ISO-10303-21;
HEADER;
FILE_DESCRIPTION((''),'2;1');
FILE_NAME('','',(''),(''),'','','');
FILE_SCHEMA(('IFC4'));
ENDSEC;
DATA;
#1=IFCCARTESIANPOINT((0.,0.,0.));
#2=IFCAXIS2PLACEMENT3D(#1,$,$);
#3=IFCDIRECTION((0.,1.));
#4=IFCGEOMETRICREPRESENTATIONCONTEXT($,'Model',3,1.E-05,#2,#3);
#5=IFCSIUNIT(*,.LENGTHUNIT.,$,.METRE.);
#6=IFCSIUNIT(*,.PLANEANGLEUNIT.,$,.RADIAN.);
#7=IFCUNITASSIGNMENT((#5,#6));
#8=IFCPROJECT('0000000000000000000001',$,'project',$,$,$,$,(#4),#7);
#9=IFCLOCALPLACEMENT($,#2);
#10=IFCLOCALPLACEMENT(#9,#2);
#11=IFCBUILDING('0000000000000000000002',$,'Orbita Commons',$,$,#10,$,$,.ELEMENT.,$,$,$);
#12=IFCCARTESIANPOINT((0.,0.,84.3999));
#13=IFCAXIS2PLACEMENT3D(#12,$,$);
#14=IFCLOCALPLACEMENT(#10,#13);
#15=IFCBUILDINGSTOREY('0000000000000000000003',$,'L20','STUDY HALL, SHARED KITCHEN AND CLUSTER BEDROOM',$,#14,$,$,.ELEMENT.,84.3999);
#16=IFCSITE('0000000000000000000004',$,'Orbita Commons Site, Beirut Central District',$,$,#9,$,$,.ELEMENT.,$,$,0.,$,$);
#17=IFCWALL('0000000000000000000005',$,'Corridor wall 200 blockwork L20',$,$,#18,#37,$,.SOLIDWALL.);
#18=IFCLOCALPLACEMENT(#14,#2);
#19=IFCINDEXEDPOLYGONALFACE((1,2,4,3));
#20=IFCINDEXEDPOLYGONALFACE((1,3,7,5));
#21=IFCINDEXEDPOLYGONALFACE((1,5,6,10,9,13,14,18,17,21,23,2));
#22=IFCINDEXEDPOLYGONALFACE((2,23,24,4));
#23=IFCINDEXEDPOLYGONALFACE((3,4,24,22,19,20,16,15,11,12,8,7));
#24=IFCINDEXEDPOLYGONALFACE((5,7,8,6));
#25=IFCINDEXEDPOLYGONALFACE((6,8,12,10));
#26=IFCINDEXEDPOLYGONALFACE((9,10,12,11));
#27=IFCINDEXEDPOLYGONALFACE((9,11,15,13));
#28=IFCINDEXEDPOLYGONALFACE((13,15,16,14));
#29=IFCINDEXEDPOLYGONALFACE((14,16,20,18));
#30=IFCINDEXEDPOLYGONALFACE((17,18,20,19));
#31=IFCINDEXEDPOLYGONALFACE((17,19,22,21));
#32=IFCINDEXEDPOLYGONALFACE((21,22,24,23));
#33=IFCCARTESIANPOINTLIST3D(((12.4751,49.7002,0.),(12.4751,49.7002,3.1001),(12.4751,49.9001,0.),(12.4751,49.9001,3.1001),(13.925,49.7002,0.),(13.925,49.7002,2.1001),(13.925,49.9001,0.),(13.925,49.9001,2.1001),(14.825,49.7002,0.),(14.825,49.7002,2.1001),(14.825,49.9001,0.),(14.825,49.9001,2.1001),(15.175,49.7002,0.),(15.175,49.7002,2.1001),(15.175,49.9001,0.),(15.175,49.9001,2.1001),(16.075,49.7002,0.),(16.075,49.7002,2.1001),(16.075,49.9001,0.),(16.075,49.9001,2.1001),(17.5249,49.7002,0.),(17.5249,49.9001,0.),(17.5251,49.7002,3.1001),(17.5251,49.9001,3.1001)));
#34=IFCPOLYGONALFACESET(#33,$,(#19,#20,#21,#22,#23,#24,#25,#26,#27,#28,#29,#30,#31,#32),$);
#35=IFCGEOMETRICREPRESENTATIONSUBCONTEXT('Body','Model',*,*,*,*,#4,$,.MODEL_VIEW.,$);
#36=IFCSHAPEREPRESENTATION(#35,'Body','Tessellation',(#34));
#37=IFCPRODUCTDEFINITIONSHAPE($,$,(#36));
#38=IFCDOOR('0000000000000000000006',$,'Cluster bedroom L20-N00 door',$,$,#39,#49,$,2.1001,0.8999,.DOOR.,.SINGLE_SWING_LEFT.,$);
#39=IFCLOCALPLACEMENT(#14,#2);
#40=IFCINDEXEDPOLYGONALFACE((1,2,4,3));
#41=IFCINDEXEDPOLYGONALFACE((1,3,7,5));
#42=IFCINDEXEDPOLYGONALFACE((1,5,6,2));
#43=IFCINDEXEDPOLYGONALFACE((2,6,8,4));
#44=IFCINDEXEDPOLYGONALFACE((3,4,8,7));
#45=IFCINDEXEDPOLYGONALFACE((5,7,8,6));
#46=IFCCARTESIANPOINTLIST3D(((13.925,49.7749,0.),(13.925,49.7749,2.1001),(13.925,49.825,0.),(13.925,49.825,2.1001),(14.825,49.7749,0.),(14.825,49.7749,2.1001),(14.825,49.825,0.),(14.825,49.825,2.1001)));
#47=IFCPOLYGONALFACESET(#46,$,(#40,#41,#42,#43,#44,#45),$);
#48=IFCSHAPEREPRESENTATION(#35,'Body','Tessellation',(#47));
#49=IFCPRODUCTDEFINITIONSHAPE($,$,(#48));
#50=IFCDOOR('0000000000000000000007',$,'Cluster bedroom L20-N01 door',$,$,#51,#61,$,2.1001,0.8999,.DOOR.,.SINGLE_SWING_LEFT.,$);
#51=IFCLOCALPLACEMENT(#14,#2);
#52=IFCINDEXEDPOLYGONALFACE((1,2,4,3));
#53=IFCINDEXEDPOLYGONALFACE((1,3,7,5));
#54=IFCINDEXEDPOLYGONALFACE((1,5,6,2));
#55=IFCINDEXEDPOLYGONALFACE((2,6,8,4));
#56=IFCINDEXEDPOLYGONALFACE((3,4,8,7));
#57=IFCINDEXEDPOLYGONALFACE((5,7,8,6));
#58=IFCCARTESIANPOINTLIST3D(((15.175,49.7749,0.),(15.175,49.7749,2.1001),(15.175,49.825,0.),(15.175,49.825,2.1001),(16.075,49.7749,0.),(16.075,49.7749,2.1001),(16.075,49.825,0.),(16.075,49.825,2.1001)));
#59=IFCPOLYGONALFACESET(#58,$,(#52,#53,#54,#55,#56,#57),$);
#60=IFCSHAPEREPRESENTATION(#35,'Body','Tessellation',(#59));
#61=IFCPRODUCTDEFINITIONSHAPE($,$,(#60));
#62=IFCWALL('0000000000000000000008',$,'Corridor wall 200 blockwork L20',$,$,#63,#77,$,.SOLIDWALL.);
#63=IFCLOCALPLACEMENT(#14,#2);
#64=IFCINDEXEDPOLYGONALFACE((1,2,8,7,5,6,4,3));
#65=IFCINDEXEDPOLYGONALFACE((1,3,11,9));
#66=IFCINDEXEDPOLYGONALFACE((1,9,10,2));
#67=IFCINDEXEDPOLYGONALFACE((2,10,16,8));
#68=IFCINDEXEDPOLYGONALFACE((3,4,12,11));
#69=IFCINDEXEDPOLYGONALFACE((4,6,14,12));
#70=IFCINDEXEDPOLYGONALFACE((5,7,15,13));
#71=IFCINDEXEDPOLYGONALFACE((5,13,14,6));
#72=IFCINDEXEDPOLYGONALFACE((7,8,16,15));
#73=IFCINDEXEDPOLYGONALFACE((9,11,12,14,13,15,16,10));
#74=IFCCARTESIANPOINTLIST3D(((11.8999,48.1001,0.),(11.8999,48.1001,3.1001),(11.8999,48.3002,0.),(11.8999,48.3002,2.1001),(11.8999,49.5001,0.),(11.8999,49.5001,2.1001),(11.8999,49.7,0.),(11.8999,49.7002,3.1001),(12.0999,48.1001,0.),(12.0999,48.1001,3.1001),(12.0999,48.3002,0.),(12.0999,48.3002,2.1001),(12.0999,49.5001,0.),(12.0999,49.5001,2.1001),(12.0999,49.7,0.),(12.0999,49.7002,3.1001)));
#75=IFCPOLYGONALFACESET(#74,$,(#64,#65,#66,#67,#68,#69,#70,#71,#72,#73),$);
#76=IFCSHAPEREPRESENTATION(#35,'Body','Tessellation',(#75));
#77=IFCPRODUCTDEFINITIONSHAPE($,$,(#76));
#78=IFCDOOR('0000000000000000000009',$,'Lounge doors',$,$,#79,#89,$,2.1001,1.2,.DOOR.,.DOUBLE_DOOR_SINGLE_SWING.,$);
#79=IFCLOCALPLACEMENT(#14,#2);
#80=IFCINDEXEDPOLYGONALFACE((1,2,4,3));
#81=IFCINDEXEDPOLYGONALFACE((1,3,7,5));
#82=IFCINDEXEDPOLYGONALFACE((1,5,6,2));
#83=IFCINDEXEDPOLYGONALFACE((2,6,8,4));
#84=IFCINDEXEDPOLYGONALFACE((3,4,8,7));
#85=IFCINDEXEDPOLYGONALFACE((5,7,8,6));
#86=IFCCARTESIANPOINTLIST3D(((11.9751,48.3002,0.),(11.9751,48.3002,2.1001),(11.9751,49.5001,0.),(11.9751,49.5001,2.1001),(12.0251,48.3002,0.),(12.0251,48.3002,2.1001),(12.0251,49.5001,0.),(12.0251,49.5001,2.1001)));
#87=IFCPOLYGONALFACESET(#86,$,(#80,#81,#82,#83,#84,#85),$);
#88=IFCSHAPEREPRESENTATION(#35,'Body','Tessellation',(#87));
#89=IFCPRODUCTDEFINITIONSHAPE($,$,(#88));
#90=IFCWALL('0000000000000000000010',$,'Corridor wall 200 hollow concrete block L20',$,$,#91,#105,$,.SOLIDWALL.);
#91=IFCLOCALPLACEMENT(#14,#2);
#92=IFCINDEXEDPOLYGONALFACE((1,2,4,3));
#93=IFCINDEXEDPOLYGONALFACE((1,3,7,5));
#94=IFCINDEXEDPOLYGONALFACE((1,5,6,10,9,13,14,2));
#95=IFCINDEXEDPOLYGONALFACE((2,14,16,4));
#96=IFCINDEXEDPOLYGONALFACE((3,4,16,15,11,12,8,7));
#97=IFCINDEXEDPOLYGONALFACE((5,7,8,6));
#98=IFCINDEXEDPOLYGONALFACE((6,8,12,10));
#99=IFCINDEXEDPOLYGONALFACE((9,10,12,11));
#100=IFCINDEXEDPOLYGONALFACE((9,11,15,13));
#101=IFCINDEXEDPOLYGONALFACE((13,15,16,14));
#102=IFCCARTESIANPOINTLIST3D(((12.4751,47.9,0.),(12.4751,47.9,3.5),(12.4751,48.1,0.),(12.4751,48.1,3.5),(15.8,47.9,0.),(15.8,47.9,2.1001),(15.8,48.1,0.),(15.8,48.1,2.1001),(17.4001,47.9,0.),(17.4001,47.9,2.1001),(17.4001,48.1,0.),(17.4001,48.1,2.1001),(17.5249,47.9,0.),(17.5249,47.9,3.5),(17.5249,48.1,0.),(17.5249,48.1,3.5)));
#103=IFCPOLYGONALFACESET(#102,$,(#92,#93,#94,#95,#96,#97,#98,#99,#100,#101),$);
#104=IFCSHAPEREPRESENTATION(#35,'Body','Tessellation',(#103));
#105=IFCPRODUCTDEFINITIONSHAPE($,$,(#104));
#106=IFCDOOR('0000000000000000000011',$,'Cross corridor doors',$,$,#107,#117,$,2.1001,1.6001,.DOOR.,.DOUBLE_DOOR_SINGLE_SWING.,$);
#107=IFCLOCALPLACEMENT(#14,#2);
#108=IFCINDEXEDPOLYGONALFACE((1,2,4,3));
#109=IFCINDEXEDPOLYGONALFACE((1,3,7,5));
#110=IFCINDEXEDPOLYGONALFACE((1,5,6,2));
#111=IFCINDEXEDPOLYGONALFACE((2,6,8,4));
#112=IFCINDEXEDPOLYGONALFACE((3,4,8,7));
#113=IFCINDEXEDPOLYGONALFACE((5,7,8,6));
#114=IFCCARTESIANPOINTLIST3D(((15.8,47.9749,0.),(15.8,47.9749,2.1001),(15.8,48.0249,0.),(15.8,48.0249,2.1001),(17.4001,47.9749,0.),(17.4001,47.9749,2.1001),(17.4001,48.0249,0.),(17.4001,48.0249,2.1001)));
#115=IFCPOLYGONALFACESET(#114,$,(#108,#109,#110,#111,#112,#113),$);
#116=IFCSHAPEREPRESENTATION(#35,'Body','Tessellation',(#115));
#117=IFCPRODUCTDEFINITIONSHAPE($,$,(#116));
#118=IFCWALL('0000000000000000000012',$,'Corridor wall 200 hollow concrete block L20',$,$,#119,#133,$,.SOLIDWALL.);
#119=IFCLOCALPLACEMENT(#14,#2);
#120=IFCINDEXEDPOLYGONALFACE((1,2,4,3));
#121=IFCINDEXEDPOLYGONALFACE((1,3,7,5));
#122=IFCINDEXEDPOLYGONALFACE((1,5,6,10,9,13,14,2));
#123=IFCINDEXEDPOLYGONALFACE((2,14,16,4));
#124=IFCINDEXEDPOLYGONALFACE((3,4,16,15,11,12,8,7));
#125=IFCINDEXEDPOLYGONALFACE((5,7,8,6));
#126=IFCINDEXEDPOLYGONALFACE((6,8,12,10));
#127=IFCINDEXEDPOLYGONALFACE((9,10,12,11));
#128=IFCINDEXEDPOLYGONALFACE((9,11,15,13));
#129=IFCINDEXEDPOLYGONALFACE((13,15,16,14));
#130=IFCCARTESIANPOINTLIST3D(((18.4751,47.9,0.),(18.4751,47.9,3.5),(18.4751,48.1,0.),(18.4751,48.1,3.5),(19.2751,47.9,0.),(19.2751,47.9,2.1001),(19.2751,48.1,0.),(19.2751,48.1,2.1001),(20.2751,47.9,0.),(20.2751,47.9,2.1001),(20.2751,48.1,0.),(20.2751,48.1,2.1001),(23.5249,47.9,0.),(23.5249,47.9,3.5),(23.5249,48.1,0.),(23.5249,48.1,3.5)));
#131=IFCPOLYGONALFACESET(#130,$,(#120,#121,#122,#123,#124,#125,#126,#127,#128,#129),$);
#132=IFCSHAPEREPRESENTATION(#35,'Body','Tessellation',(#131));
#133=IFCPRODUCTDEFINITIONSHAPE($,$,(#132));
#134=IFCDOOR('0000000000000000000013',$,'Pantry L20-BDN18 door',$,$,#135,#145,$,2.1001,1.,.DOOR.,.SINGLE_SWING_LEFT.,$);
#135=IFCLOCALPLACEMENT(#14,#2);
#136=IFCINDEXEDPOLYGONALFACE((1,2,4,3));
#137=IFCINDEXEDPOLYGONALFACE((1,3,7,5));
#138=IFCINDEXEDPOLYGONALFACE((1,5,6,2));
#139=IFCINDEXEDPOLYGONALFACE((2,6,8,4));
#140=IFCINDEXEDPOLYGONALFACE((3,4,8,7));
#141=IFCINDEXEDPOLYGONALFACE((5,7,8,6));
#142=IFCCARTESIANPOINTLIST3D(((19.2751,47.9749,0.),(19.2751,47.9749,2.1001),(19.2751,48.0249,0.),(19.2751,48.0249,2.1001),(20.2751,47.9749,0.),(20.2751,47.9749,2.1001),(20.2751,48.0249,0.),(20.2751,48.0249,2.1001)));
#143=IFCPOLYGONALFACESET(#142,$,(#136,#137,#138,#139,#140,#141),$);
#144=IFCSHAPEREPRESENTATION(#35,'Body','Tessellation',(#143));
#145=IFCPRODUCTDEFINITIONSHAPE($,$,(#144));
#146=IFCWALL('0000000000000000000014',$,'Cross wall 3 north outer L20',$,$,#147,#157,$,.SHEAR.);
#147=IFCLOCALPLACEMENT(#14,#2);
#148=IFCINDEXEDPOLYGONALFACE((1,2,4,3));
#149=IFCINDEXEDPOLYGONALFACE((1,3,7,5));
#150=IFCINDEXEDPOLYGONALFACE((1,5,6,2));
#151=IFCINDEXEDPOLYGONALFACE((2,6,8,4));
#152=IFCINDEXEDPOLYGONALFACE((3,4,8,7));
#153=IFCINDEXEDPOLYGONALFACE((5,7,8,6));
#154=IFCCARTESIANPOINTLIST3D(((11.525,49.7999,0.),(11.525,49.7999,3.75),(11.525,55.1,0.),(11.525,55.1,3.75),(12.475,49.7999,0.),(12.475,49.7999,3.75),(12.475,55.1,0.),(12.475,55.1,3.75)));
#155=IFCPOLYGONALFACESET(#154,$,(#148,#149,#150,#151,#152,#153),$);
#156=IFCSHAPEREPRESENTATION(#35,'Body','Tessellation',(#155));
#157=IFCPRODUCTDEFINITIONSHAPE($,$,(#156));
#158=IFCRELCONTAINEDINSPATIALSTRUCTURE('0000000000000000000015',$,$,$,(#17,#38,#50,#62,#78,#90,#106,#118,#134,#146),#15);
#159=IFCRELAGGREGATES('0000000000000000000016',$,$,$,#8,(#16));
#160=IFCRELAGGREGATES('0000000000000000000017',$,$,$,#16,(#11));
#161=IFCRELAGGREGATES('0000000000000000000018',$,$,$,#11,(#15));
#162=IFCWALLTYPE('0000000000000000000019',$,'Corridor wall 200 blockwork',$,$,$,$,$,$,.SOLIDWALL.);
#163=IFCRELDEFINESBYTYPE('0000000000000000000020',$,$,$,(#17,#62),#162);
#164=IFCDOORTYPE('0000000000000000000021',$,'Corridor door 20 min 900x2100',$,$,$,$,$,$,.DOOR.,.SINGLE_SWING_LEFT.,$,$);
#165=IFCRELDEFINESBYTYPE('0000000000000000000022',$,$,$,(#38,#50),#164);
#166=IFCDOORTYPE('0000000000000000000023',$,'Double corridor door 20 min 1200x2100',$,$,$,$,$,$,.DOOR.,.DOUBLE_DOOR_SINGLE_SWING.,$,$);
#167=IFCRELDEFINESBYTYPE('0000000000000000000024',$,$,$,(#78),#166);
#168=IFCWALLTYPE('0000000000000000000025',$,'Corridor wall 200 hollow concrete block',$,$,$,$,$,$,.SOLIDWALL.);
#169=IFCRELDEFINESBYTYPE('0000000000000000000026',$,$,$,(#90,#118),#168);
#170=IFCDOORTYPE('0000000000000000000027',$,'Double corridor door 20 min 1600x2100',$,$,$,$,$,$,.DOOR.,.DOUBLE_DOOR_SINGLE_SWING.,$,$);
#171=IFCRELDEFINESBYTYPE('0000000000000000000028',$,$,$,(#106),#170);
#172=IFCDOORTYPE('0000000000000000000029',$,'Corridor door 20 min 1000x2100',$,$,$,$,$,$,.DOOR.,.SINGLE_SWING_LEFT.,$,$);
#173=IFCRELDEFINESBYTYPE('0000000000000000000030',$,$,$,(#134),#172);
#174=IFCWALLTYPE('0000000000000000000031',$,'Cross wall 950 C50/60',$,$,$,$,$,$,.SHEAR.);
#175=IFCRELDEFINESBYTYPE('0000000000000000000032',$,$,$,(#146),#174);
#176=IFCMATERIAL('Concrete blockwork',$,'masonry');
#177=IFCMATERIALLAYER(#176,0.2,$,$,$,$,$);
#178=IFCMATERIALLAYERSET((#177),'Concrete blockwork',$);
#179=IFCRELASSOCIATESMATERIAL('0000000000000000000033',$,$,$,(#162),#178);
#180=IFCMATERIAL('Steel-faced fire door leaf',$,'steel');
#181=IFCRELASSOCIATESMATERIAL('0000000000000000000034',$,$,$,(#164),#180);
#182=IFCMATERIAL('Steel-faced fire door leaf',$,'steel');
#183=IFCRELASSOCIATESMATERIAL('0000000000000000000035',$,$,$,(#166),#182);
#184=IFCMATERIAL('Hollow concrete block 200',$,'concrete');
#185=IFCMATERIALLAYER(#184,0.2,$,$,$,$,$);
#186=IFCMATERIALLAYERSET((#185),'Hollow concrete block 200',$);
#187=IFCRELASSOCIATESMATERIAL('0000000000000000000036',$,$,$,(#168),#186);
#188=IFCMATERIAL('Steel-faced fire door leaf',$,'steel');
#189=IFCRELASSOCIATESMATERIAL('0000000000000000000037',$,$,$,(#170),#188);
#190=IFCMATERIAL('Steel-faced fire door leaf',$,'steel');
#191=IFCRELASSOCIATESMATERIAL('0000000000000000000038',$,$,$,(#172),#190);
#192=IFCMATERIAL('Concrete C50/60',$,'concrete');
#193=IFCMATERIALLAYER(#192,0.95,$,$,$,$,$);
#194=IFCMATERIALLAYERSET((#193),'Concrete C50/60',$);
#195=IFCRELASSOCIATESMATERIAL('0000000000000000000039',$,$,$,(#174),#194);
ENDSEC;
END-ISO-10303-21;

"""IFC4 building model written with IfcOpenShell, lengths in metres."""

from ifc_helpers import new_model, si_unit, direction, frame, frame_2d, origin, place, context, subcontext, project, spatial, polyline, rectangle, outline, extrude, material, layer, layer_set, type_object, element, fill, save


model = new_model("IFC4")

# Units and contexts
model_context = context("Model", 3, precision=1e-05, world=origin(), true_north=direction((0.0, 1.0)))
body_context = subcontext(model_context, "Body", "Model", "MODEL_VIEW")
ifc_project = project(units=[si_unit("LENGTHUNIT", "METRE"), si_unit("PLANEANGLEUNIT", "RADIAN")], contexts=[model_context])

# Site, building, storey
site_placement = place(None, origin())
site = spatial("IfcSite", under=ifc_project, at=site_placement, Name="Orbita Commons Site, Beirut Central District", CompositionType="ELEMENT", RefElevation=0.0)
building_placement = place(site_placement, origin())
building = spatial("IfcBuilding", under=site, at=building_placement, Name="Orbita Commons", CompositionType="ELEMENT")
storey_placement = place(building_placement, frame((0.0, 0.0, 84.3999)))
storey = spatial("IfcBuildingStorey", under=building, at=storey_placement, Name="L20", Description="STUDY HALL, SHARED KITCHEN AND CLUSTER BEDROOM", CompositionType="ELEMENT", Elevation=84.3999)

# Wall, openings, doors
ifc_material_1 = material(Name="Concrete blockwork", Category="masonry")
ifc_layer_1 = layer(ifc_material_1, 0.2)
ifc_layer_set_1 = layer_set([ifc_layer_1], Name="Concrete blockwork")
wall_type_1 = type_object("IfcWallType", Name="Corridor wall 200 blockwork", PredefinedType="SOLIDWALL", material=ifc_layer_set_1)
wall_1_placement = place(storey_placement, frame((12.4751, 49.8, 0.0), z_axis=(0.0, 0.0, 1.0), x_axis=(1.0, 0.0, 0.0)))
wall_1 = element("IfcWall", 1, at=wall_1_placement, inside=storey, type_object=wall_type_1, Name="Corridor wall 200 blockwork L20", PredefinedType="SOLIDWALL", context=body_context, shape_type="SweptSolid", body=[
    extrude(outline(polyline([(0.0, 0.0), (5.0498, 0.0), (5.05, 3.1001), (0.0, 3.1001), (0.0, 0.0)])), frame((0.0, 0.1001, 0.0), z_axis=(0.0, -1.0, 0.0), x_axis=(1.0, 0.0, 0.0)), (0.0, 0.0, 1.0), 0.2),
])
opening_1_placement = place(wall_1_placement, frame((1.45, 0.0, 0.0)))
opening_1 = element("IfcOpeningElement", 2, at=opening_1_placement, cuts=wall_1, PredefinedType="OPENING", context=body_context, shape_type="SweptSolid", body=[
    extrude(rectangle(XDim=0.8999, YDim=2.1001, at=frame_2d((0.45, 1.05))), frame((0.0, 0.1099, 0.0), z_axis=(0.0, -1.0, 0.0), x_axis=(1.0, 0.0, 0.0)), (0.0, 0.0, 1.0), 0.22),
])
opening_2_placement = place(wall_1_placement, frame((2.7, 0.0, 0.0)))
opening_2 = element("IfcOpeningElement", 3, at=opening_2_placement, cuts=wall_1, PredefinedType="OPENING", context=body_context, shape_type="SweptSolid", body=[
    extrude(rectangle(XDim=0.8999, YDim=2.1001, at=frame_2d((0.45, 1.05))), frame((0.0, 0.1099, 0.0), z_axis=(0.0, -1.0, 0.0), x_axis=(1.0, 0.0, 0.0)), (0.0, 0.0, 1.0), 0.22),
])
ifc_material_2 = material(Name="Steel-faced fire door leaf", Category="steel")
door_type_1 = type_object("IfcDoorType", Name="Corridor door 20 min 900x2100", OperationType="SINGLE_SWING_LEFT", PredefinedType="DOOR", material=ifc_material_2)
door_1_placement = place(opening_1_placement, origin())
door_1 = element("IfcDoor", 4, at=door_1_placement, inside=storey, type_object=door_type_1, Name="Cluster bedroom L20-N00 door", OperationType="SINGLE_SWING_LEFT", OverallHeight=2.1001, OverallWidth=0.8999, PredefinedType="DOOR", context=body_context, shape_type="SweptSolid", body=[
    extrude(rectangle(XDim=0.8999, YDim=2.1001, at=frame_2d((0.45, 1.05))), frame((0.0, 0.0249, 0.0), z_axis=(0.0, -1.0, 0.0), x_axis=(1.0, 0.0, 0.0)), (0.0, 0.0, 1.0), 0.05),
])
fill(opening_1, door_1)
door_2_placement = place(opening_2_placement, origin())
door_2 = element("IfcDoor", 5, at=door_2_placement, inside=storey, type_object=door_type_1, Name="Cluster bedroom L20-N01 door", OperationType="SINGLE_SWING_LEFT", OverallHeight=2.1001, OverallWidth=0.8999, PredefinedType="DOOR", context=body_context, shape_type="SweptSolid", body=[
    extrude(rectangle(XDim=0.8999, YDim=2.1001, at=frame_2d((0.45, 1.05))), frame((0.0, 0.0249, 0.0), z_axis=(0.0, -1.0, 0.0), x_axis=(1.0, 0.0, 0.0)), (0.0, 0.0, 1.0), 0.05),
])
fill(opening_2, door_2)

# Walls, openings, doors
wall_2_placement = place(storey_placement, frame((12.0, 48.1001, 0.0), z_axis=(0.0, 0.0, 1.0), x_axis=(0.0, 1.0, 0.0)))
wall_2 = element("IfcWall", 6, at=wall_2_placement, inside=storey, type_object=wall_type_1, Name="Corridor wall 200 blockwork L20", PredefinedType="SOLIDWALL", context=body_context, shape_type="SweptSolid", body=[
    extrude(outline(polyline([(0.0, 0.0), (1.5999, 0.0), (1.6001, 3.1001), (0.0, 3.1001), (0.0, 0.0)])), frame((0.0, 0.1001, 0.0), z_axis=(0.0, -1.0, 0.0), x_axis=(1.0, 0.0, 0.0)), (0.0, 0.0, 1.0), 0.2),
])
opening_3_placement = place(wall_2_placement, frame((0.2, 0.0, 0.0)))
opening_3 = element("IfcOpeningElement", 7, at=opening_3_placement, cuts=wall_2, PredefinedType="OPENING", context=body_context, shape_type="SweptSolid", body=[
    extrude(rectangle(XDim=1.2, YDim=2.1001, at=frame_2d((0.6001, 1.05))), frame((0.0, 0.1099, 0.0), z_axis=(0.0, -1.0, 0.0), x_axis=(1.0, 0.0, 0.0)), (0.0, 0.0, 1.0), 0.22),
])
ifc_material_3 = material(Name="Steel-faced fire door leaf", Category="steel")
door_type_2 = type_object("IfcDoorType", Name="Double corridor door 20 min 1200x2100", OperationType="DOUBLE_DOOR_SINGLE_SWING", PredefinedType="DOOR", material=ifc_material_3)
door_3_placement = place(opening_3_placement, origin())
door_3 = element("IfcDoor", 8, at=door_3_placement, inside=storey, type_object=door_type_2, Name="Lounge doors", OperationType="DOUBLE_DOOR_SINGLE_SWING", OverallHeight=2.1001, OverallWidth=1.2, PredefinedType="DOOR", context=body_context, shape_type="SweptSolid", body=[
    extrude(rectangle(XDim=1.2, YDim=2.1001, at=frame_2d((0.6001, 1.05))), frame((0.0, 0.0249, 0.0), z_axis=(0.0, -1.0, 0.0), x_axis=(1.0, 0.0, 0.0)), (0.0, 0.0, 1.0), 0.05),
])
fill(opening_3, door_3)
ifc_material_4 = material(Name="Hollow concrete block 200", Category="concrete")
ifc_layer_2 = layer(ifc_material_4, 0.2)
ifc_layer_set_2 = layer_set([ifc_layer_2], Name="Hollow concrete block 200")
wall_type_2 = type_object("IfcWallType", Name="Corridor wall 200 hollow concrete block", PredefinedType="SOLIDWALL", material=ifc_layer_set_2)
wall_3_placement = place(storey_placement, frame((12.4751, 48.0, 0.0), z_axis=(0.0, 0.0, 1.0), x_axis=(1.0, 0.0, 0.0)))
wall_3 = element("IfcWall", 9, at=wall_3_placement, inside=storey, type_object=wall_type_2, Name="Corridor wall 200 hollow concrete block L20", PredefinedType="SOLIDWALL", context=body_context, shape_type="SweptSolid", body=[
    extrude(rectangle(XDim=5.0498, YDim=0.2, at=frame_2d((2.5249, 0.0))), origin(), (0.0, 0.0, 1.0), 3.5),
])
opening_4_placement = place(wall_3_placement, frame((3.325, 0.0, 0.0)))
opening_4 = element("IfcOpeningElement", 10, at=opening_4_placement, cuts=wall_3, PredefinedType="OPENING", context=body_context, shape_type="SweptSolid", body=[
    extrude(rectangle(XDim=1.6001, YDim=2.1001, at=frame_2d((0.8, 1.05))), frame((0.0, 0.1099, 0.0), z_axis=(0.0, -1.0, 0.0), x_axis=(1.0, 0.0, 0.0)), (0.0, 0.0, 1.0), 0.22),
])
ifc_material_5 = material(Name="Steel-faced fire door leaf", Category="steel")
door_type_3 = type_object("IfcDoorType", Name="Double corridor door 20 min 1600x2100", OperationType="DOUBLE_DOOR_SINGLE_SWING", PredefinedType="DOOR", material=ifc_material_5)
door_4_placement = place(opening_4_placement, origin())
door_4 = element("IfcDoor", 11, at=door_4_placement, inside=storey, type_object=door_type_3, Name="Cross corridor doors", OperationType="DOUBLE_DOOR_SINGLE_SWING", OverallHeight=2.1001, OverallWidth=1.6001, PredefinedType="DOOR", context=body_context, shape_type="SweptSolid", body=[
    extrude(rectangle(XDim=1.6001, YDim=2.1001, at=frame_2d((0.8, 1.05))), frame((0.0, 0.0249, 0.0), z_axis=(0.0, -1.0, 0.0), x_axis=(1.0, 0.0, 0.0)), (0.0, 0.0, 1.0), 0.05),
])
fill(opening_4, door_4)
wall_4_placement = place(storey_placement, frame((18.4751, 48.0, 0.0), z_axis=(0.0, 0.0, 1.0), x_axis=(1.0, 0.0, 0.0)))
wall_4 = element("IfcWall", 12, at=wall_4_placement, inside=storey, type_object=wall_type_2, Name="Corridor wall 200 hollow concrete block L20", PredefinedType="SOLIDWALL", context=body_context, shape_type="SweptSolid", body=[
    extrude(rectangle(XDim=5.0498, YDim=0.2, at=frame_2d((2.5249, 0.0))), origin(), (0.0, 0.0, 1.0), 3.5),
])
opening_5_placement = place(wall_4_placement, frame((0.8, 0.0, 0.0)))
opening_5 = element("IfcOpeningElement", 13, at=opening_5_placement, cuts=wall_4, PredefinedType="OPENING", context=body_context, shape_type="SweptSolid", body=[
    extrude(rectangle(XDim=1.0, YDim=2.1001, at=frame_2d((0.5, 1.05))), frame((0.0, 0.1099, 0.0), z_axis=(0.0, -1.0, 0.0), x_axis=(1.0, 0.0, 0.0)), (0.0, 0.0, 1.0), 0.22),
])
ifc_material_6 = material(Name="Steel-faced fire door leaf", Category="steel")
door_type_4 = type_object("IfcDoorType", Name="Corridor door 20 min 1000x2100", OperationType="SINGLE_SWING_LEFT", PredefinedType="DOOR", material=ifc_material_6)
door_5_placement = place(opening_5_placement, origin())
door_5 = element("IfcDoor", 14, at=door_5_placement, inside=storey, type_object=door_type_4, Name="Pantry L20-BDN18 door", OperationType="SINGLE_SWING_LEFT", OverallHeight=2.1001, OverallWidth=1.0, PredefinedType="DOOR", context=body_context, shape_type="SweptSolid", body=[
    extrude(rectangle(XDim=1.0, YDim=2.1001, at=frame_2d((0.5, 1.05))), frame((0.0, 0.0249, 0.0), z_axis=(0.0, -1.0, 0.0), x_axis=(1.0, 0.0, 0.0)), (0.0, 0.0, 1.0), 0.05),
])
fill(opening_5, door_5)

# Wall
ifc_material_7 = material(Name="Concrete C50/60", Category="concrete")
ifc_layer_3 = layer(ifc_material_7, 0.95)
ifc_layer_set_3 = layer_set([ifc_layer_3], Name="Concrete C50/60")
wall_type_3 = type_object("IfcWallType", Name="Cross wall 950 C50/60", PredefinedType="SHEAR", material=ifc_layer_set_3)
for number, where, z_axis, x_axis, name in (
    (15, (12.0, 49.8, 0.0), (0.0, 0.0, 1.0), (0.0, 1.0, 0.0), "Cross wall 3 north outer L20"),
):
    element("IfcWall", number, at=place(storey_placement, frame(where, z_axis=z_axis, x_axis=x_axis)), inside=storey, type_object=wall_type_3, Name=name, PredefinedType="SHEAR", context=body_context, shape_type="SweptSolid", body=[
        extrude(rectangle(XDim=5.3, YDim=0.95, at=frame_2d((2.6499, 0.0))), origin(), (0.0, 0.0, 1.0), 3.75),
    ])

save(model, "model.ifc")
